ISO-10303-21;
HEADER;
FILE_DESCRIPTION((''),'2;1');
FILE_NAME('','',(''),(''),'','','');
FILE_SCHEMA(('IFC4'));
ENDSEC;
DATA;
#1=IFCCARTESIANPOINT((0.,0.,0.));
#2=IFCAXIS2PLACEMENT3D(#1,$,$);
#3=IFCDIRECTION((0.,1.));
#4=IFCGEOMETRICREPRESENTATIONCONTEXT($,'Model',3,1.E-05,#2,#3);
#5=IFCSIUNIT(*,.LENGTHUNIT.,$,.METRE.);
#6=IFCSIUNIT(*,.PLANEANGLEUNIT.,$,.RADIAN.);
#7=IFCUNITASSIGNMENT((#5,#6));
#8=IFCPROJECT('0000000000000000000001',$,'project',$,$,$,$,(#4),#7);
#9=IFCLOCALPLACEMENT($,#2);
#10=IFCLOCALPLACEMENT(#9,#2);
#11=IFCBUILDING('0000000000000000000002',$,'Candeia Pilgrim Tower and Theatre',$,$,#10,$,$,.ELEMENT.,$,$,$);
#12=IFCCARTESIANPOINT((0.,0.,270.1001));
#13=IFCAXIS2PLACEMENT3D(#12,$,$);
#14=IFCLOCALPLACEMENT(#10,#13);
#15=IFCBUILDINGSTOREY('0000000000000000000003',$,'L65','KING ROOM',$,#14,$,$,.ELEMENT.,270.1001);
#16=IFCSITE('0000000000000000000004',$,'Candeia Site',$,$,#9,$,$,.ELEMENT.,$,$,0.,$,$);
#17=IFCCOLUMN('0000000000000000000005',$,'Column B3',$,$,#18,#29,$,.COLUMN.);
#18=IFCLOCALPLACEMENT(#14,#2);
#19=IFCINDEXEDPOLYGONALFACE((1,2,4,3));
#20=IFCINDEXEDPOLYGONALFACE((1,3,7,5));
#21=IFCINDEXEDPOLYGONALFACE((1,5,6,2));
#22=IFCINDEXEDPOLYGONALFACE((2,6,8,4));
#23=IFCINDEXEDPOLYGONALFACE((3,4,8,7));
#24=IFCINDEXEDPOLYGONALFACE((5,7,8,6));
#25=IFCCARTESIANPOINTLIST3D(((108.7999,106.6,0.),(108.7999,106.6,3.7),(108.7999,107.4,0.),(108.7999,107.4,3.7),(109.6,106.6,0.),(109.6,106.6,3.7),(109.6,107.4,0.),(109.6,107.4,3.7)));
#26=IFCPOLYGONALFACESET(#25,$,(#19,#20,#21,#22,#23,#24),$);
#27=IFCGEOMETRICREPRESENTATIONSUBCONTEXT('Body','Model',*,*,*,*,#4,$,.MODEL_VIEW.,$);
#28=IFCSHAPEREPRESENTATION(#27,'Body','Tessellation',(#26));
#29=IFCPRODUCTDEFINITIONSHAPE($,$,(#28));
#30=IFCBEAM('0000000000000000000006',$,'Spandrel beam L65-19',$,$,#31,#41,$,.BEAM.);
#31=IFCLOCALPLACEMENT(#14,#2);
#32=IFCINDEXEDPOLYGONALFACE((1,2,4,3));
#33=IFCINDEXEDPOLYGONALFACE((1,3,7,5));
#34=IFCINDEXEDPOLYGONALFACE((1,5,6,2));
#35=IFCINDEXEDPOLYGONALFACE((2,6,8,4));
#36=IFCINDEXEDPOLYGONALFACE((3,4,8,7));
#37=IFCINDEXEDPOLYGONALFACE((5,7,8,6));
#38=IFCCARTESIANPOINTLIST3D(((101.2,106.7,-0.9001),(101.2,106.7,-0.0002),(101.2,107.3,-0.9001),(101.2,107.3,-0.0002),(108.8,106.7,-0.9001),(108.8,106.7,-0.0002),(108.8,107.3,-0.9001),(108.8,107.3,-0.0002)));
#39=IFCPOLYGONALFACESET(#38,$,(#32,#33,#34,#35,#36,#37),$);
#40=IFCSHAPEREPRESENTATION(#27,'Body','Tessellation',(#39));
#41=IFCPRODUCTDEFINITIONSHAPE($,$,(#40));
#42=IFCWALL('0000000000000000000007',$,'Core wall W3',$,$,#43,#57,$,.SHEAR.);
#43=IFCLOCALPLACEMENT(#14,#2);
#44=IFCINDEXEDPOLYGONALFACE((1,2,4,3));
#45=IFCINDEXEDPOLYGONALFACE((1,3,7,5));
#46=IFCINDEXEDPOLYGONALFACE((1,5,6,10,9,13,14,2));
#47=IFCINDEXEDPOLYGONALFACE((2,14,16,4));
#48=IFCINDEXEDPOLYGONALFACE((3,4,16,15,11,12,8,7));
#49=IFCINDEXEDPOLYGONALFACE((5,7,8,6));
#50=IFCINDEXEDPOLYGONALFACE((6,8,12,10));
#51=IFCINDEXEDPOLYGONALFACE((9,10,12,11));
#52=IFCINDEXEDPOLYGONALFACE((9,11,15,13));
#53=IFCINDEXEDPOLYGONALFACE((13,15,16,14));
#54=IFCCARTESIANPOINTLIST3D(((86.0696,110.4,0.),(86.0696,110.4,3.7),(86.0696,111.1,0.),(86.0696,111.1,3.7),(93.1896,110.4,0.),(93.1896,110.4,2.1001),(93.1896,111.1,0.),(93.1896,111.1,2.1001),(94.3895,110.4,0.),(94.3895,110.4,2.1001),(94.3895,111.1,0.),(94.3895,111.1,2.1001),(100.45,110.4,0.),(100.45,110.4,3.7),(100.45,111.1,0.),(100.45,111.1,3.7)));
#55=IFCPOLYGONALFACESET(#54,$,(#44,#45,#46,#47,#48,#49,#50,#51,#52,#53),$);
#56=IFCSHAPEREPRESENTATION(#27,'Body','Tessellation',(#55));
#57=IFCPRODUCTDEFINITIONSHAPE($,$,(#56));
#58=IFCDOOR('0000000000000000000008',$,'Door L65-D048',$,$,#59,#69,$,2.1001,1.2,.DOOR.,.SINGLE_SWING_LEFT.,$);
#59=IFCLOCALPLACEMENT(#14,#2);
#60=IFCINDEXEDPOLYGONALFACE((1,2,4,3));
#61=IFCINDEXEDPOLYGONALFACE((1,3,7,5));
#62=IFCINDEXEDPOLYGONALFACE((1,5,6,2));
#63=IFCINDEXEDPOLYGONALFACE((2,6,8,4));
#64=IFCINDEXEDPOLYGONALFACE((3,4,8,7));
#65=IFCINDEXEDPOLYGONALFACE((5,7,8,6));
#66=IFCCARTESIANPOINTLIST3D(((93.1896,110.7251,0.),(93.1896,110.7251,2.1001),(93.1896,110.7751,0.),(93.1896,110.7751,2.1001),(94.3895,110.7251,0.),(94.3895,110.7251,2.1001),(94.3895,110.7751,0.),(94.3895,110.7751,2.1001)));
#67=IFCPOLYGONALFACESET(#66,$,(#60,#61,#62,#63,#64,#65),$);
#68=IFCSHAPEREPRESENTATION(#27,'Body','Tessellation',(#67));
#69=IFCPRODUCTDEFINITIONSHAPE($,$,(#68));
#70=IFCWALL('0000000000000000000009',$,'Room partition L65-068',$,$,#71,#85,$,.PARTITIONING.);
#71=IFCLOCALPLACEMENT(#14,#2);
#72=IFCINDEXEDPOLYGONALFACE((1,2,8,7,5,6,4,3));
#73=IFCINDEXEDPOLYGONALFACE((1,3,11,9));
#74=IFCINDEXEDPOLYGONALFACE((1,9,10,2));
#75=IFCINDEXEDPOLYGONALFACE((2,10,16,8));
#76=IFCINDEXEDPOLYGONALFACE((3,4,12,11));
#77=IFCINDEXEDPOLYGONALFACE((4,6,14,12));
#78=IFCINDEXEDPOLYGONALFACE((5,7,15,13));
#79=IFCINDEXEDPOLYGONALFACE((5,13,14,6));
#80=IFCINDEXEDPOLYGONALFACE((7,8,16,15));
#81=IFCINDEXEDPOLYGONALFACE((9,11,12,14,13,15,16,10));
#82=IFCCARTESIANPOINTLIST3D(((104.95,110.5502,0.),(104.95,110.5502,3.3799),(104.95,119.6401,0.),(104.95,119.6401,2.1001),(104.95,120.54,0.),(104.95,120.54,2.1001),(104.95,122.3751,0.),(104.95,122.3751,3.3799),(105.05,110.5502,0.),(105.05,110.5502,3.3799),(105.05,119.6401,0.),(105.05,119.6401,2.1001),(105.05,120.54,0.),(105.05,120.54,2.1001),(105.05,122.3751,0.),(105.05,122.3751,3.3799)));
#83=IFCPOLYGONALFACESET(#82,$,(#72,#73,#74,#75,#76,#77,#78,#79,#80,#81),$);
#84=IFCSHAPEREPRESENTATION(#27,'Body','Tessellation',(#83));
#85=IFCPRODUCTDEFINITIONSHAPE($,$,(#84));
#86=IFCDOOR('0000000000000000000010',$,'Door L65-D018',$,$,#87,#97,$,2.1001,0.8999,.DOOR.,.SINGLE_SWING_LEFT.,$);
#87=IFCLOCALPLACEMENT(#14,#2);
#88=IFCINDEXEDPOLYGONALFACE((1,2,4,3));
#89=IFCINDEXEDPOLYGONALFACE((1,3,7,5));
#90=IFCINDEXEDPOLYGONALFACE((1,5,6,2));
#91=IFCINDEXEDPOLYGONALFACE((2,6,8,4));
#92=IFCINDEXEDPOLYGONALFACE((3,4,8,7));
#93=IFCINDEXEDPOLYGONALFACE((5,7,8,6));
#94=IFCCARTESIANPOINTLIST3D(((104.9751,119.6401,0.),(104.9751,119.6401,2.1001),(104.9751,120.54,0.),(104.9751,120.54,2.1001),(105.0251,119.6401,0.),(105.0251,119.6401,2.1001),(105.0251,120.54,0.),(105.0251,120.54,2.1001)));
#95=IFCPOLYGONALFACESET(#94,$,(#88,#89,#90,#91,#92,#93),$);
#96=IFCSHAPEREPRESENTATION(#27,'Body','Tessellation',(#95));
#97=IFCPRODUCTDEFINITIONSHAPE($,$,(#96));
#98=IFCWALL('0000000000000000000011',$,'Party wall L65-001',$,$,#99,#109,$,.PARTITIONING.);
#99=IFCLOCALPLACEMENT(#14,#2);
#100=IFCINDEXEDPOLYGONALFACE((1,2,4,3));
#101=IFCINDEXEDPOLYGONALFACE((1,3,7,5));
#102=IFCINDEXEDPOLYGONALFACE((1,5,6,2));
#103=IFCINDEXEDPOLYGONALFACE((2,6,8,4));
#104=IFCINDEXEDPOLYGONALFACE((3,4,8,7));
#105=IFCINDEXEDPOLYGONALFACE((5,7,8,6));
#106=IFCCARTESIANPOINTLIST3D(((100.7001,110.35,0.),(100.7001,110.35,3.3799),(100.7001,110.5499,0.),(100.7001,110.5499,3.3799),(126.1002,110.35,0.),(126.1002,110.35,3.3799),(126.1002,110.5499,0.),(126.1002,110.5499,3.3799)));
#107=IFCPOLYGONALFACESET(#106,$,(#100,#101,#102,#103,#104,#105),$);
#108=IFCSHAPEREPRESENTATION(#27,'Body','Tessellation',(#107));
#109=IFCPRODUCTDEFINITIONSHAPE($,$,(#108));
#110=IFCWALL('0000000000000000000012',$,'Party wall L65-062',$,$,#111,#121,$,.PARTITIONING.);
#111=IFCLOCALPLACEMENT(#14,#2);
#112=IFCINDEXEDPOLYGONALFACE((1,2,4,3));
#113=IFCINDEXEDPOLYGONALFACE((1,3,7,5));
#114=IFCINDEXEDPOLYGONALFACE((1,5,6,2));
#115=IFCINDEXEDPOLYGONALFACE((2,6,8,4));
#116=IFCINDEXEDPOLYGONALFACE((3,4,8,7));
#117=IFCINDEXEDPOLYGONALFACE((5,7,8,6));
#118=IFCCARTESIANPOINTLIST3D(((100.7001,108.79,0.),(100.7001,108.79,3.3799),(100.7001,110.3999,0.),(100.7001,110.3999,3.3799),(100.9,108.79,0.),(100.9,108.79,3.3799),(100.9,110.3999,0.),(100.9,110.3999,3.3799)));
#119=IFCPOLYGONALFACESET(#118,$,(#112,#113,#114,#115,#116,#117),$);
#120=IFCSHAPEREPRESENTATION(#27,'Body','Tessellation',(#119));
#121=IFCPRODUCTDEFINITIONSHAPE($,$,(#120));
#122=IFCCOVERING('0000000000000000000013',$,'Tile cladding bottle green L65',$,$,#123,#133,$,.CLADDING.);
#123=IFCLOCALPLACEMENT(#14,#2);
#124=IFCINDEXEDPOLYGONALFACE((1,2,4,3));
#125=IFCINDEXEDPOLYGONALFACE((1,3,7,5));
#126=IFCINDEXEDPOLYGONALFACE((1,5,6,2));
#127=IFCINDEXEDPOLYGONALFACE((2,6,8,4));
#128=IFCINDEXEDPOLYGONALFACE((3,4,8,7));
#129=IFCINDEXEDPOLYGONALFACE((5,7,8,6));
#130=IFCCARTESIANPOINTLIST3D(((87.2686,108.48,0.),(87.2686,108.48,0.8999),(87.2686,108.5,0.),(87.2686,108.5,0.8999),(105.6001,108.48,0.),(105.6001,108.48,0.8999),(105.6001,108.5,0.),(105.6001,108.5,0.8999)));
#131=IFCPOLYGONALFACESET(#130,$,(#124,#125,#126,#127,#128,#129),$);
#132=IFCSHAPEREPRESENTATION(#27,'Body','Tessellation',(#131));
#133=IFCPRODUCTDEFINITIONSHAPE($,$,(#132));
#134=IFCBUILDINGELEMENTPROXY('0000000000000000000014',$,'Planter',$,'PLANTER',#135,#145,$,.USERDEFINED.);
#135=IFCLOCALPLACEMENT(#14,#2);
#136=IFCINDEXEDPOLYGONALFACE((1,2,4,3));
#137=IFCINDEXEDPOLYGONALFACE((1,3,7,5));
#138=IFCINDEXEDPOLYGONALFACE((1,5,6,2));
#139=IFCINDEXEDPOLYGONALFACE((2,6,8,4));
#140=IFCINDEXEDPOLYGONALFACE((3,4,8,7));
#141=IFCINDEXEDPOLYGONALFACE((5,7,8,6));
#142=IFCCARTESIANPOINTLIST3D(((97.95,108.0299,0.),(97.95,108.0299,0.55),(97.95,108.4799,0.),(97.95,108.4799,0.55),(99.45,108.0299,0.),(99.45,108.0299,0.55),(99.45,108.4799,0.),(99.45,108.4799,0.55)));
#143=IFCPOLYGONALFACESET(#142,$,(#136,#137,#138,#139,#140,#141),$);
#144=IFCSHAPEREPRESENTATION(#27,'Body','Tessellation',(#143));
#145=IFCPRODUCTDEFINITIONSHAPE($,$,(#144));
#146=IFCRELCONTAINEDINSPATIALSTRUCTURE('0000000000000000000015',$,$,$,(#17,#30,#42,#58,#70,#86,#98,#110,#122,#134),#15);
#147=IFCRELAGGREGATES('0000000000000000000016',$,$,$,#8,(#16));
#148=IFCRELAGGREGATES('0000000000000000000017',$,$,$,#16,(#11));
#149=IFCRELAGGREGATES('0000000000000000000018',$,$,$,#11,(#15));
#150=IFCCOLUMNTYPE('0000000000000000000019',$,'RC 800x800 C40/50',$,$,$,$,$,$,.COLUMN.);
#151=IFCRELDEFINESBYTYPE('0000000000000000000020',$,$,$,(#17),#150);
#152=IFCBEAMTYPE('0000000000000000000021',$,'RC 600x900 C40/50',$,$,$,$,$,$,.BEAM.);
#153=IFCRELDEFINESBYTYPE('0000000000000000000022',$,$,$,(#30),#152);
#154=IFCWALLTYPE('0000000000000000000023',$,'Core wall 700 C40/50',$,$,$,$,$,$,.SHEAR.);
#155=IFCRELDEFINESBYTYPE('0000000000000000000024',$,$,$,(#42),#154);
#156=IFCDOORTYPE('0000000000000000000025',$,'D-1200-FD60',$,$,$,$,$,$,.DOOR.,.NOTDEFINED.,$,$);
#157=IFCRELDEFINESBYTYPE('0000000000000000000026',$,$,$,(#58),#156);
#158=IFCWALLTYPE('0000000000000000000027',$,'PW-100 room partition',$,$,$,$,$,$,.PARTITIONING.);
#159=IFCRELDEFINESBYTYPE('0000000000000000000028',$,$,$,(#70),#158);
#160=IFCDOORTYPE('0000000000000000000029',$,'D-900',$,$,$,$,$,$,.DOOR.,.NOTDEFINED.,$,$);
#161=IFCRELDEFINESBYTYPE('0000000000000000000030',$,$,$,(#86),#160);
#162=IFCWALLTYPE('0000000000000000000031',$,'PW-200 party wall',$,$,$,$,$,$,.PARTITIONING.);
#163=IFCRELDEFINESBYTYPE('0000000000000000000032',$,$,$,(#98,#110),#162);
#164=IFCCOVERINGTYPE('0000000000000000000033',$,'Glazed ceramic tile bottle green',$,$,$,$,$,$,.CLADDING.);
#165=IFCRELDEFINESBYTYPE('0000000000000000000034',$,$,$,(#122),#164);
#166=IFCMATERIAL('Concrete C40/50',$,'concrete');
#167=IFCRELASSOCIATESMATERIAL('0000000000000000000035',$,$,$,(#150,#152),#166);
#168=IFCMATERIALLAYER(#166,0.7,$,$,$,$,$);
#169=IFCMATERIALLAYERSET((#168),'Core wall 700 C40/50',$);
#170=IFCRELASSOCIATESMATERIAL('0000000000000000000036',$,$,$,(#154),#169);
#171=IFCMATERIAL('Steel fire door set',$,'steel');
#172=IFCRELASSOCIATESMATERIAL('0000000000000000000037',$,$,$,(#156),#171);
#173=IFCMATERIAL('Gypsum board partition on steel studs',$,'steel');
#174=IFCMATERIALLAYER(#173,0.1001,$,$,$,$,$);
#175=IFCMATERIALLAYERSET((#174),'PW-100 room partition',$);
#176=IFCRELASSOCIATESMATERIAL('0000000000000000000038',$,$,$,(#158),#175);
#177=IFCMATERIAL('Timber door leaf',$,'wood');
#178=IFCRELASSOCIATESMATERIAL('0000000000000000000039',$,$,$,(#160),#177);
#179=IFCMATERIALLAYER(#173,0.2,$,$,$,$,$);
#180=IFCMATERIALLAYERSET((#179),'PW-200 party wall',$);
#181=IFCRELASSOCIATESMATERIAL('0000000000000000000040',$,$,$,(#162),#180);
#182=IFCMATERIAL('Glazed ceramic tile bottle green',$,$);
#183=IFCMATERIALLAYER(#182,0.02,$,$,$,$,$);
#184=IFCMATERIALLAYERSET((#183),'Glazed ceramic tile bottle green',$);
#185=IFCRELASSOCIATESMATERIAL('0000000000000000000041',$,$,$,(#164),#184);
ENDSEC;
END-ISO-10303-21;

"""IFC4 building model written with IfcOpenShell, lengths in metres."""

from ifc_helpers import new_model, si_unit, direction, frame, frame_2d, origin, origin_2d, place, context, subcontext, project, spatial, rectangle, extrude, material, layer, layer_set, material_profile, profile_set, type_object, element, fill, save


model = new_model("IFC4")

# Units and contexts
model_context = context("Model", 3, precision=1e-05, world=origin(), true_north=direction((0.0, 1.0)))
body_context = subcontext(model_context, "Body", "Model", "MODEL_VIEW")
ifc_project = project(units=[si_unit("LENGTHUNIT", "METRE"), si_unit("PLANEANGLEUNIT", "RADIAN")], contexts=[model_context])

# Site, building, storey
site_placement = place(None, origin())
site = spatial("IfcSite", under=ifc_project, at=site_placement, Name="Candeia Site", CompositionType="ELEMENT", RefElevation=0.0)
building_placement = place(site_placement, origin())
building = spatial("IfcBuilding", under=site, at=building_placement, Name="Candeia Pilgrim Tower and Theatre", CompositionType="ELEMENT")
storey_placement = place(building_placement, frame((0.0, 0.0, 270.1001)))
storey = spatial("IfcBuildingStorey", under=building, at=storey_placement, Name="L65", Description="KING ROOM", CompositionType="ELEMENT", Elevation=270.1001)

# Column
ifc_material_1 = material(Name="Concrete C40/50", Category="concrete")
ifc_material_profile_1 = material_profile(ifc_material_1, rectangle(XDim=0.8, YDim=0.8, at=origin_2d()))
ifc_profile_set_1 = profile_set([ifc_material_profile_1], Name="Concrete C40/50")
column_type = type_object("IfcColumnType", Name="RC 800x800 C40/50", PredefinedType="COLUMN", material=ifc_profile_set_1)
column_placement = place(storey_placement, frame((109.2, 107.0, 0.0), z_axis=(0.0, 0.0, 1.0), x_axis=(1.0, 0.0, 0.0)))
element("IfcColumn", 1, at=column_placement, inside=storey, type_object=column_type, Name="Column B3", PredefinedType="COLUMN", context=body_context, shape_type="SweptSolid", body=[
    extrude(rectangle(XDim=0.8, YDim=0.8, at=origin_2d()), origin(), (0.0, 0.0, 1.0), 3.7),
])

# Beam
ifc_material_profile_2 = material_profile(ifc_material_1, rectangle(XDim=0.6001, YDim=0.8999, at=origin_2d()))
ifc_profile_set_2 = profile_set([ifc_material_profile_2], Name="Concrete C40/50")
beam_type = type_object("IfcBeamType", Name="RC 600x900 C40/50", PredefinedType="BEAM", material=ifc_profile_set_2)
beam_placement = place(storey_placement, frame((108.8, 107.0, -0.4502), z_axis=(-1.0, 0.0, 0.0), x_axis=(0.0, -1.0, 0.0)))
element("IfcBeam", 2, at=beam_placement, inside=storey, type_object=beam_type, Name="Spandrel beam L65-19", PredefinedType="BEAM", context=body_context, shape_type="SweptSolid", body=[
    extrude(rectangle(XDim=0.6001, YDim=0.8999, at=origin_2d()), origin(), (0.0, 0.0, 1.0), 7.6001),
])

# Walls, openings, doors
ifc_layer_1 = layer(ifc_material_1, 0.7)
ifc_layer_set_1 = layer_set([ifc_layer_1], Name="Core wall 700 C40/50")
wall_type_1 = type_object("IfcWallType", Name="Core wall 700 C40/50", PredefinedType="SHEAR", material=ifc_layer_set_1)
wall_1_placement = place(storey_placement, frame((100.45, 110.75, 0.0), z_axis=(0.0, 0.0, 1.0), x_axis=(-1.0, 0.0, 0.0)))
wall_1 = element("IfcWall", 3, at=wall_1_placement, inside=storey, type_object=wall_type_1, Name="Core wall W3", PredefinedType="SHEAR", context=body_context, shape_type="SweptSolid", body=[
    extrude(rectangle(XDim=14.3804, YDim=0.7, at=frame_2d((7.1902, 0.0))), origin(), (0.0, 0.0, 1.0), 3.7),
])
opening_1_placement = place(wall_1_placement, frame((6.0603, 0.0, 0.0)))
opening_1 = element("IfcOpeningElement", 4, at=opening_1_placement, cuts=wall_1, PredefinedType="OPENING", context=body_context, shape_type="SweptSolid", body=[
    extrude(rectangle(XDim=1.2, YDim=2.1001, at=frame_2d((0.6001, 1.05))), frame((0.0, 0.3599, 0.0), z_axis=(0.0, -1.0, 0.0), x_axis=(1.0, 0.0, 0.0)), (0.0, 0.0, 1.0), 0.72),
])
ifc_material_2 = material(Name="Steel fire door set", Category="steel")
door_type_1 = type_object("IfcDoorType", Name="D-1200-FD60", OperationType="NOTDEFINED", PredefinedType="DOOR", material=ifc_material_2)
door_1_placement = place(opening_1_placement, origin())
door_1 = element("IfcDoor", 5, at=door_1_placement, inside=storey, type_object=door_type_1, Name="Door L65-D048", OperationType="SINGLE_SWING_LEFT", OverallHeight=2.1001, OverallWidth=1.2, PredefinedType="DOOR", context=body_context, shape_type="SweptSolid", body=[
    extrude(rectangle(XDim=1.2, YDim=2.1001, at=frame_2d((0.6001, 1.05))), frame((0.0, 0.0249, 0.0), z_axis=(0.0, -1.0, 0.0), x_axis=(1.0, 0.0, 0.0)), (0.0, 0.0, 1.0), 0.05),
])
fill(opening_1, door_1)
ifc_material_3 = material(Name="Gypsum board partition on steel studs", Category="steel")
ifc_layer_2 = layer(ifc_material_3, 0.1001)
ifc_layer_set_2 = layer_set([ifc_layer_2], Name="PW-100 room partition")
wall_type_2 = type_object("IfcWallType", Name="PW-100 room partition", PredefinedType="PARTITIONING", material=ifc_layer_set_2)
wall_2_placement = place(storey_placement, frame((105.0, 110.55, 0.0), z_axis=(0.0, 0.0, 1.0), x_axis=(0.0, 1.0, 0.0)))
wall_2 = element("IfcWall", 6, at=wall_2_placement, inside=storey, type_object=wall_type_2, Name="Room partition L65-068", PredefinedType="PARTITIONING", context=body_context, shape_type="SweptSolid", body=[
    extrude(rectangle(XDim=11.825, YDim=0.1001, at=frame_2d((5.9126, 0.0))), origin(), (0.0, 0.0, 1.0), 3.3799),
])
opening_2_placement = place(wall_2_placement, frame((9.0901, 0.0, 0.0)))
opening_2 = element("IfcOpeningElement", 7, at=opening_2_placement, cuts=wall_2, PredefinedType="OPENING", context=body_context, shape_type="SweptSolid", body=[
    extrude(rectangle(XDim=0.8999, YDim=2.1001, at=frame_2d((0.45, 1.05))), frame((0.0, 0.0601, 0.0), z_axis=(0.0, -1.0, 0.0), x_axis=(1.0, 0.0, 0.0)), (0.0, 0.0, 1.0), 0.1201),
])
ifc_material_4 = material(Name="Timber door leaf", Category="wood")
door_type_2 = type_object("IfcDoorType", Name="D-900", OperationType="NOTDEFINED", PredefinedType="DOOR", material=ifc_material_4)
door_2_placement = place(opening_2_placement, origin())
door_2 = element("IfcDoor", 8, at=door_2_placement, inside=storey, type_object=door_type_2, Name="Door L65-D018", OperationType="SINGLE_SWING_LEFT", OverallHeight=2.1001, OverallWidth=0.8999, PredefinedType="DOOR", context=body_context, shape_type="SweptSolid", body=[
    extrude(rectangle(XDim=0.8999, YDim=2.1001, at=frame_2d((0.45, 1.05))), frame((0.0, 0.0249, 0.0), z_axis=(0.0, -1.0, 0.0), x_axis=(1.0, 0.0, 0.0)), (0.0, 0.0, 1.0), 0.05),
])
fill(opening_2, door_2)

# Walls
ifc_layer_3 = layer(ifc_material_3, 0.2)
ifc_layer_set_3 = layer_set([ifc_layer_3], Name="PW-200 party wall")
wall_type_3 = type_object("IfcWallType", Name="PW-200 party wall", PredefinedType="PARTITIONING", material=ifc_layer_set_3)
wall_3_placement = place(storey_placement, frame((100.7, 110.45, 0.0), z_axis=(0.0, 0.0, 1.0), x_axis=(1.0, 0.0, 0.0)))
element("IfcWall", 9, at=wall_3_placement, inside=storey, type_object=wall_type_3, Name="Party wall L65-001", PredefinedType="PARTITIONING", context=body_context, shape_type="SweptSolid", body=[
    extrude(rectangle(XDim=25.4001, YDim=0.2, at=frame_2d((12.7002, 0.0))), origin(), (0.0, 0.0, 1.0), 3.3799),
])
wall_4_placement = place(storey_placement, frame((100.8, 108.79, 0.0), z_axis=(0.0, 0.0, 1.0), x_axis=(0.0, 1.0, 0.0)))
element("IfcWall", 10, at=wall_4_placement, inside=storey, type_object=wall_type_3, Name="Party wall L65-062", PredefinedType="PARTITIONING", context=body_context, shape_type="SweptSolid", body=[
    extrude(rectangle(XDim=1.6099, YDim=0.2, at=frame_2d((0.8049, 0.0))), origin(), (0.0, 0.0, 1.0), 3.3799),
])

# Covering
ifc_material_5 = material(Name="Glazed ceramic tile bottle green")
ifc_layer_4 = layer(ifc_material_5, 0.02)
ifc_layer_set_4 = layer_set([ifc_layer_4], Name="Glazed ceramic tile bottle green")
covering_type = type_object("IfcCoveringType", Name="Glazed ceramic tile bottle green", PredefinedType="CLADDING", material=ifc_layer_set_4)
covering_placement = place(storey_placement, frame((96.4343, 108.49, 0.0), z_axis=(0.0, 0.0, 1.0), x_axis=(1.0, 0.0, 0.0)))
element("IfcCovering", 11, at=covering_placement, inside=storey, type_object=covering_type, Name="Tile cladding bottle green L65", PredefinedType="CLADDING", context=body_context, shape_type="SweptSolid", body=[
    extrude(rectangle(XDim=18.3315, YDim=0.02, at=origin_2d()), origin(), (0.0, 0.0, 1.0), 0.8999),
])

# Building element proxy
proxy_placement = place(storey_placement, frame((98.7, 108.2549, 0.0), z_axis=(0.0, 0.0, 1.0), x_axis=(1.0, 0.0, 0.0)))
element("IfcBuildingElementProxy", 12, at=proxy_placement, inside=storey, Name="Planter", ObjectType="PLANTER", PredefinedType="USERDEFINED", context=body_context, shape_type="SweptSolid", body=[
    extrude(rectangle(XDim=1.5, YDim=0.45, at=origin_2d()), origin(), (0.0, 0.0, 1.0), 0.55),
])

save(model, "model.ifc")
